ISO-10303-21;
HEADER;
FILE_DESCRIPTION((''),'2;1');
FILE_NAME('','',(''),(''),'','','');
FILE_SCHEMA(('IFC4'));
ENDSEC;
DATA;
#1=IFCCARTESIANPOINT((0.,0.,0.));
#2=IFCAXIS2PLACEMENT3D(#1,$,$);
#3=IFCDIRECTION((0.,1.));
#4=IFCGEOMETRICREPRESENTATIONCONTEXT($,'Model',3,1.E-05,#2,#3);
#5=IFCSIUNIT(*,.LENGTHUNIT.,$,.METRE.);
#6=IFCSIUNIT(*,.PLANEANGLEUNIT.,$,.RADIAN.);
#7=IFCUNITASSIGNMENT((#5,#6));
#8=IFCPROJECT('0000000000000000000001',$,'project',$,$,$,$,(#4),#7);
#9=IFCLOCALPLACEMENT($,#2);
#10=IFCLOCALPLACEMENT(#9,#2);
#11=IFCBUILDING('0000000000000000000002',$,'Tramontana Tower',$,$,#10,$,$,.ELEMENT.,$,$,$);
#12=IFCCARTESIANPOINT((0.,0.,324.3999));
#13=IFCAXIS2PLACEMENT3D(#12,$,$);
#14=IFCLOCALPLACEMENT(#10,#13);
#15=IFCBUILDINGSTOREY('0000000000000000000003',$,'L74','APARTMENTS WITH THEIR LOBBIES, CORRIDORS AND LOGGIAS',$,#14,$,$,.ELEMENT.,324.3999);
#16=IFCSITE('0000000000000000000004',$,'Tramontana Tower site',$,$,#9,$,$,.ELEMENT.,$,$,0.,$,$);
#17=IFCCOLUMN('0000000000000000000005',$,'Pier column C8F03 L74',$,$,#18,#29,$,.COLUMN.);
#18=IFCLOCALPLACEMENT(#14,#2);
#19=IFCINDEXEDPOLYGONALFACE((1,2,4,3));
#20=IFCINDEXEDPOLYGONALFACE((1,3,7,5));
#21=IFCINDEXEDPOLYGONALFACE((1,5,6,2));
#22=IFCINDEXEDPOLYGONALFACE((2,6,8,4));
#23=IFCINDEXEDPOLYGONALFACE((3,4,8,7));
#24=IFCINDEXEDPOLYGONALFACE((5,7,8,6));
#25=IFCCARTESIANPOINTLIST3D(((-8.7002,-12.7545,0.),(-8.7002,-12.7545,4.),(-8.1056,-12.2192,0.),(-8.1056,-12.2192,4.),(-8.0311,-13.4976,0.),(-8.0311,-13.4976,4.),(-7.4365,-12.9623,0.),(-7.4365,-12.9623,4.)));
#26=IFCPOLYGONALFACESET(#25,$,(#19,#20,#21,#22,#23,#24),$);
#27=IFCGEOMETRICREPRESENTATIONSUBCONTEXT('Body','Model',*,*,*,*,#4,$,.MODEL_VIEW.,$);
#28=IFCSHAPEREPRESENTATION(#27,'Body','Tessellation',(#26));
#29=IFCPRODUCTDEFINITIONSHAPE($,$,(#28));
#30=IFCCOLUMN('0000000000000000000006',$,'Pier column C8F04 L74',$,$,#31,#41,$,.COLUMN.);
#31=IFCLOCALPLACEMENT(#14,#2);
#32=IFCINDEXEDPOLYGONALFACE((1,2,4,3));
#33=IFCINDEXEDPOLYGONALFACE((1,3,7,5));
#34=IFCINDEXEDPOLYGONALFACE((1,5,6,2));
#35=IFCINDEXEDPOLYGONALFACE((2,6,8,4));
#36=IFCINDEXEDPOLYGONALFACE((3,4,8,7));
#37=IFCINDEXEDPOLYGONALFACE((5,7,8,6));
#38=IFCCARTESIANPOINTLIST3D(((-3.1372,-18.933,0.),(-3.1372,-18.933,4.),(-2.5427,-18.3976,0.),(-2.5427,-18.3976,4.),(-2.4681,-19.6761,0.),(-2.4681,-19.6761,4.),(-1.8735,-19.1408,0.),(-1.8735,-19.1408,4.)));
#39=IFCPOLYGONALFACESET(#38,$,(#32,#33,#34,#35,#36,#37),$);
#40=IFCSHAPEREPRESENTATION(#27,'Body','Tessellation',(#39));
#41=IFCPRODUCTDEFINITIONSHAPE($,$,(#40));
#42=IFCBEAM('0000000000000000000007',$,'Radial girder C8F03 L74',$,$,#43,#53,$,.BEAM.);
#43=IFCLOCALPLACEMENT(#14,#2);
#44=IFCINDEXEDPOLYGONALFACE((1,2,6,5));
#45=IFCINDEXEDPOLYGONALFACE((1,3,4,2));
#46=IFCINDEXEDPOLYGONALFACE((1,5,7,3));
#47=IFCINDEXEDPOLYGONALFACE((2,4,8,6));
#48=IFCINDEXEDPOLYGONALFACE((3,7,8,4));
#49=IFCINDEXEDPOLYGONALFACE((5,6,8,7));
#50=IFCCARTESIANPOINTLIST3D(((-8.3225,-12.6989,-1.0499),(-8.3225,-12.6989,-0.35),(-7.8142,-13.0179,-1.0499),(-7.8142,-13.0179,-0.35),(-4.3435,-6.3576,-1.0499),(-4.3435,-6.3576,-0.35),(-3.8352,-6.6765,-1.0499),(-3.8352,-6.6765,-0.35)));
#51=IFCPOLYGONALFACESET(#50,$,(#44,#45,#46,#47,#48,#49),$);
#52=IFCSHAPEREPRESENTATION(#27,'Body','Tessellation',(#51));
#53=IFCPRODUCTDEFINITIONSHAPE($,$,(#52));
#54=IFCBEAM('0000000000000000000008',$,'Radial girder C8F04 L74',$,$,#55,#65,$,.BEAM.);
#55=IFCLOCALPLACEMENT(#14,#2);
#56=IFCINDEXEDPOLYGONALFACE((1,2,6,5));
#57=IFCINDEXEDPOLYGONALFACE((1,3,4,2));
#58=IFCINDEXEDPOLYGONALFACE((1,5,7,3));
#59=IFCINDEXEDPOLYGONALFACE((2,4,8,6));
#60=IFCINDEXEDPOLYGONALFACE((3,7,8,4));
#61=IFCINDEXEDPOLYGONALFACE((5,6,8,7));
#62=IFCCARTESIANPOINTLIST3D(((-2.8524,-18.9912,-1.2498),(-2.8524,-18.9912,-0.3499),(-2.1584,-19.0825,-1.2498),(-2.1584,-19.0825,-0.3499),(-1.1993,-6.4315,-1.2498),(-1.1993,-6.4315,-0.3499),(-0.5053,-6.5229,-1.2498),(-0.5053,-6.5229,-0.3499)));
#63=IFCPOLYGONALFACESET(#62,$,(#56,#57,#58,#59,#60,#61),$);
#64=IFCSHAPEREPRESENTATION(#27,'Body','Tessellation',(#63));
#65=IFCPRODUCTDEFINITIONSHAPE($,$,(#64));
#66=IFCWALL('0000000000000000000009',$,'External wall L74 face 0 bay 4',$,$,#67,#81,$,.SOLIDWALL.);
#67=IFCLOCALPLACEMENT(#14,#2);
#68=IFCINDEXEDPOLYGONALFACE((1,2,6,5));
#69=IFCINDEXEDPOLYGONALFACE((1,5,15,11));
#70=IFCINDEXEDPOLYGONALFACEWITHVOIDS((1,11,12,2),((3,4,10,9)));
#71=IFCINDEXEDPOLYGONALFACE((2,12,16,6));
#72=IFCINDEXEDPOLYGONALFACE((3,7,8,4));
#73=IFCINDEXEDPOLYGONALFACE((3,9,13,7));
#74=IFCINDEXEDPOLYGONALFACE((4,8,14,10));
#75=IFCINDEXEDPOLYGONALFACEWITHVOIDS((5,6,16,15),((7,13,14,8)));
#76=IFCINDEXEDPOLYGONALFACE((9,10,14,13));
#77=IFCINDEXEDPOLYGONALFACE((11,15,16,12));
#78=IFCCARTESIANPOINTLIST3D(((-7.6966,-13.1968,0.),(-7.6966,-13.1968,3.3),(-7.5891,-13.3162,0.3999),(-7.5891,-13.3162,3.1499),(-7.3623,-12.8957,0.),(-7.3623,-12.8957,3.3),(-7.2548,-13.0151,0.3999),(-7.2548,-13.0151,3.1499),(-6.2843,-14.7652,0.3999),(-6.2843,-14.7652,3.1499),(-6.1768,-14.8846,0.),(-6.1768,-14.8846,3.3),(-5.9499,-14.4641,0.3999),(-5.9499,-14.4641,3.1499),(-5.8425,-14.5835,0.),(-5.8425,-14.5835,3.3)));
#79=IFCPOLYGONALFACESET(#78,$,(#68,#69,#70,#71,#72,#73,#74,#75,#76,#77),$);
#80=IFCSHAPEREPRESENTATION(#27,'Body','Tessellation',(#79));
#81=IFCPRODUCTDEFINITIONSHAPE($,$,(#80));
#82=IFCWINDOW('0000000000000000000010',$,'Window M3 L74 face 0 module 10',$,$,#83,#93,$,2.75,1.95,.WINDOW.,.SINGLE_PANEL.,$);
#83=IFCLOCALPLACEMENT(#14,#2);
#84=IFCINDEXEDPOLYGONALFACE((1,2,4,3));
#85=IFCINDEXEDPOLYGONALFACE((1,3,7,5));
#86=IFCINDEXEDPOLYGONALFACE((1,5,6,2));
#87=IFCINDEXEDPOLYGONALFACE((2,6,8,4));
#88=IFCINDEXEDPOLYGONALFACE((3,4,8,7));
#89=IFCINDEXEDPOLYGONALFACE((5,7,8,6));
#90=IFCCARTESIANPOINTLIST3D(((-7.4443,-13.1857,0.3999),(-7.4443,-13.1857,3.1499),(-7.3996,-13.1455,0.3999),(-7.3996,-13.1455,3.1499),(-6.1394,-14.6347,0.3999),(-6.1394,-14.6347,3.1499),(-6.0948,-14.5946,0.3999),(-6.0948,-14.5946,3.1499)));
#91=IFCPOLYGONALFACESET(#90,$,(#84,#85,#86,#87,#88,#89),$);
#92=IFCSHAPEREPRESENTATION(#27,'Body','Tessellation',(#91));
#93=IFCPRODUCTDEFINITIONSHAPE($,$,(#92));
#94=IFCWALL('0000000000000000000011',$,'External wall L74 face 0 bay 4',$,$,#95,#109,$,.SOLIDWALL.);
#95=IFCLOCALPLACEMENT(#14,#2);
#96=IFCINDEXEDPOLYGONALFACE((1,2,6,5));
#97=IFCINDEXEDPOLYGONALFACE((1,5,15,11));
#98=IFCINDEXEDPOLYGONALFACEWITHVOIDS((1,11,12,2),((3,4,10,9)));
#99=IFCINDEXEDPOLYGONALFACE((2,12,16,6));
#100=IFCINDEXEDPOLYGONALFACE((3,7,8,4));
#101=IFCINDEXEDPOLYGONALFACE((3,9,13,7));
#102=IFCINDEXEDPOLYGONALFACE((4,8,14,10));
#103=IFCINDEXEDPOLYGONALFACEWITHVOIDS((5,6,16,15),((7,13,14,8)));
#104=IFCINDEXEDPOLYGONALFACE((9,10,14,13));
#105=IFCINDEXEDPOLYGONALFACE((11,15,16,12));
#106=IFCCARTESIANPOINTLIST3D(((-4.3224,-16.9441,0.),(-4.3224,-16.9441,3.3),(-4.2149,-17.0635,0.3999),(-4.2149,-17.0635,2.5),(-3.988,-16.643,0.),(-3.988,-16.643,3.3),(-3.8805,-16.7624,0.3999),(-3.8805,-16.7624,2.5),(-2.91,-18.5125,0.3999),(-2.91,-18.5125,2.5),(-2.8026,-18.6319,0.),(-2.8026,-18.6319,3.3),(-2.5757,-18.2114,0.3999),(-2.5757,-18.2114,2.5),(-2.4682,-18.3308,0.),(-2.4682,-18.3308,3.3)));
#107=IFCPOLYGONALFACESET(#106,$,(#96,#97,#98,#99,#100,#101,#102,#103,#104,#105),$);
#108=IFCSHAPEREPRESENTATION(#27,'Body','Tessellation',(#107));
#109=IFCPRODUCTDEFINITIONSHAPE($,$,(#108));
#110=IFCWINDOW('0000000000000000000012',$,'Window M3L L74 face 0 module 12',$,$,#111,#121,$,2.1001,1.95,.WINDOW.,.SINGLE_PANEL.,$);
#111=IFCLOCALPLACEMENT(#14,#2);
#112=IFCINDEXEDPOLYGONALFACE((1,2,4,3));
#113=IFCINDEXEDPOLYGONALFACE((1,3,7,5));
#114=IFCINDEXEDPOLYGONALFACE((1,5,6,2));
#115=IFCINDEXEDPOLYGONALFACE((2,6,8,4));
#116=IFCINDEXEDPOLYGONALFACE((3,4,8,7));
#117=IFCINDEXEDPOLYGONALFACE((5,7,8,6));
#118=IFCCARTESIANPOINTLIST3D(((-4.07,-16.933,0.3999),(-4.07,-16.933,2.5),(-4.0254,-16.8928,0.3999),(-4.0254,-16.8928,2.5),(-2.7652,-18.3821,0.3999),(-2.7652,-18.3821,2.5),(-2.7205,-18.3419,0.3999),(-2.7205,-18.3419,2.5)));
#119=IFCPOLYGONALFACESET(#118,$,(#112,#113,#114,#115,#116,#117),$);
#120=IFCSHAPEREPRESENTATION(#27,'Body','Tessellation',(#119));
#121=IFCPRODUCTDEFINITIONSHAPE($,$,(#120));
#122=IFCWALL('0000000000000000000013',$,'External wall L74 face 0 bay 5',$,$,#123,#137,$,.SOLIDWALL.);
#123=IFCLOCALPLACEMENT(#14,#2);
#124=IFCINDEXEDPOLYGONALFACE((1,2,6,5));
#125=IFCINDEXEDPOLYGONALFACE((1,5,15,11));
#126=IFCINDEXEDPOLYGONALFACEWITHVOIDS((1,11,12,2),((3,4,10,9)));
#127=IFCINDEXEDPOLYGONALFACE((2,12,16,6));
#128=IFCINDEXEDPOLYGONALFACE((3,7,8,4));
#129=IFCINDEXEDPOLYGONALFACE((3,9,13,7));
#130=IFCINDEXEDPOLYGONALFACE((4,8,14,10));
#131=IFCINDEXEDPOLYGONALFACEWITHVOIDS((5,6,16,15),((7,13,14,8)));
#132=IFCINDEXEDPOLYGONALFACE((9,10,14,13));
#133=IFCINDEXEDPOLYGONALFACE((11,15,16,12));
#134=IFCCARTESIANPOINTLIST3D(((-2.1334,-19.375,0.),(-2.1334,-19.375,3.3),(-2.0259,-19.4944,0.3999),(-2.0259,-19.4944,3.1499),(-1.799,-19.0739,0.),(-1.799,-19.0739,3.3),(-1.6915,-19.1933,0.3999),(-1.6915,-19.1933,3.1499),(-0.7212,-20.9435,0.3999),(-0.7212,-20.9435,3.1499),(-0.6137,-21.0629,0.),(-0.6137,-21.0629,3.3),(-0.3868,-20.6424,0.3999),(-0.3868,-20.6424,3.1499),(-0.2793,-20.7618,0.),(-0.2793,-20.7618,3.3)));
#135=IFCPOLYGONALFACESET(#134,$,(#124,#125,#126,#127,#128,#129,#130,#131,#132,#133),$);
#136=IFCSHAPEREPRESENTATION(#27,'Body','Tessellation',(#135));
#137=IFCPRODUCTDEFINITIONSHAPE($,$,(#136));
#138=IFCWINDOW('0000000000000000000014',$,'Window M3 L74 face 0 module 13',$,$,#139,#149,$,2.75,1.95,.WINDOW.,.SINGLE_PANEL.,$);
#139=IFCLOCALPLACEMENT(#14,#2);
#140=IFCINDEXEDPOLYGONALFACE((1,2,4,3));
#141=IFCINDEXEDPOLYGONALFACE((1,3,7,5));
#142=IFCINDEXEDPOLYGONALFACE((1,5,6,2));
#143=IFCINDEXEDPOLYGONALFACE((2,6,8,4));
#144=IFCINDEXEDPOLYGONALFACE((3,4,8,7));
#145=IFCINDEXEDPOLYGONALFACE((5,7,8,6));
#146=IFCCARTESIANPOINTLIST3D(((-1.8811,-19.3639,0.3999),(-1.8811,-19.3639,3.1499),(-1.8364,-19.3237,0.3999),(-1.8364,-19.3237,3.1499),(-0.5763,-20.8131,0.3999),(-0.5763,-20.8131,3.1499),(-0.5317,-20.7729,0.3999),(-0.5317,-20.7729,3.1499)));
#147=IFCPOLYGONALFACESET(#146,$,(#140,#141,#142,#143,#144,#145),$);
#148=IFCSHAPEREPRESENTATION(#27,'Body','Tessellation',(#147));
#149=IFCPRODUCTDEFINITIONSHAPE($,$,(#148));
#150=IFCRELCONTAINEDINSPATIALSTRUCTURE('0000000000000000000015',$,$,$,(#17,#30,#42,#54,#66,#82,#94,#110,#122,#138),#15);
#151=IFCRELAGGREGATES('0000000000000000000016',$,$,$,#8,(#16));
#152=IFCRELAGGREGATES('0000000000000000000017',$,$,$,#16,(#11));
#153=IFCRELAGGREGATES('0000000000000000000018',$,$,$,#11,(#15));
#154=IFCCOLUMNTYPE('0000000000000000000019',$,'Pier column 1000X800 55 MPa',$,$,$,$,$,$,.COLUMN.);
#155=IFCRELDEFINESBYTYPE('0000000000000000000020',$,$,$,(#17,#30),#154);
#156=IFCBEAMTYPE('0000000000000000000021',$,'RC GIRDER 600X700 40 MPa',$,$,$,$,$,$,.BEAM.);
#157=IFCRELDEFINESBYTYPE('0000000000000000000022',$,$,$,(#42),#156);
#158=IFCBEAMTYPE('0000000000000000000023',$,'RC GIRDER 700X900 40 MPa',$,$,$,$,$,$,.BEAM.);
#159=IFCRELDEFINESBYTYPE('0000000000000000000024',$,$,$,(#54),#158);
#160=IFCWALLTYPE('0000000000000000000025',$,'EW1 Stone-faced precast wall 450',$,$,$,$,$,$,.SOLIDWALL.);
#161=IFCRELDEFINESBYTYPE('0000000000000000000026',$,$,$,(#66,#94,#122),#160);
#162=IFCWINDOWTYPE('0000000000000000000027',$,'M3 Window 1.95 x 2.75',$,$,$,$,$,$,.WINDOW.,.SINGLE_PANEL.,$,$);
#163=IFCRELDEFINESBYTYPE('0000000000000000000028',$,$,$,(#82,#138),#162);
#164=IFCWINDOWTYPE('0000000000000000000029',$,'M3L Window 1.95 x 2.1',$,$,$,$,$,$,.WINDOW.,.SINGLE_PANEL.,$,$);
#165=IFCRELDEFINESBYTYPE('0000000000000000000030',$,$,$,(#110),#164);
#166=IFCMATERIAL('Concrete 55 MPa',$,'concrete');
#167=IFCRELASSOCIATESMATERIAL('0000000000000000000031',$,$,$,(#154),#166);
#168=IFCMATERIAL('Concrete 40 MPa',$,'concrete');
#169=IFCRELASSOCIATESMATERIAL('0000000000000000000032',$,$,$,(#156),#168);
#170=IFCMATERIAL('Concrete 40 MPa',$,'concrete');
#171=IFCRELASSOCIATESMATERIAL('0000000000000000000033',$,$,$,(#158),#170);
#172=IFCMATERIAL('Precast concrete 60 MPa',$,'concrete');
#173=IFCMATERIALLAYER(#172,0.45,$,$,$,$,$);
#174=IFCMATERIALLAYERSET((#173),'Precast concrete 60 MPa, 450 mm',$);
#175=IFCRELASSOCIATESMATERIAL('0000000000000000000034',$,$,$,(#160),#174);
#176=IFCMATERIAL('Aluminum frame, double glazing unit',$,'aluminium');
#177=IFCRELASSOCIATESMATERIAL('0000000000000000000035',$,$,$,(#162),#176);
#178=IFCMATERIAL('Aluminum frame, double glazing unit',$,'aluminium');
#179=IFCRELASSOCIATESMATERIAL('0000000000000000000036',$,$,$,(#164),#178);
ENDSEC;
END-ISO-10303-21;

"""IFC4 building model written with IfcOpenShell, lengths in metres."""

from ifc_helpers import new_model, si_unit, direction, frame, frame_2d, origin, origin_2d, place, context, subcontext, project, spatial, rectangle, extrude, material, layer, layer_set, material_profile, profile_set, type_object, element, fill, save


model = new_model("IFC4")

# Units and contexts
model_context = context("Model", 3, precision=1e-05, world=origin(), true_north=direction((0.0, 1.0)))
body_context = subcontext(model_context, "Body", "Model", "MODEL_VIEW")
ifc_project = project(units=[si_unit("LENGTHUNIT", "METRE"), si_unit("PLANEANGLEUNIT", "RADIAN")], contexts=[model_context])

# Site, building, storey
site_placement = place(None, origin())
site = spatial("IfcSite", under=ifc_project, at=site_placement, Name="Tramontana Tower site", CompositionType="ELEMENT", RefElevation=0.0)
building_placement = place(site_placement, origin())
building = spatial("IfcBuilding", under=site, at=building_placement, Name="Tramontana Tower", CompositionType="ELEMENT")
storey_placement = place(building_placement, frame((0.0, 0.0, 324.3999)))
storey = spatial("IfcBuildingStorey", under=building, at=storey_placement, Name="L74", Description="APARTMENTS WITH THEIR LOBBIES, CORRIDORS AND LOGGIAS", CompositionType="ELEMENT", Elevation=324.3999)

# Columns
ifc_material_1 = material(Name="Concrete 55 MPa", Category="concrete")
ifc_material_profile_1 = material_profile(ifc_material_1, rectangle(XDim=1.0, YDim=0.8, at=origin_2d()), Name="Pier column 1000X800 55 MPa")
ifc_profile_set_1 = profile_set([ifc_material_profile_1], Name="Concrete 55 MPa")
column_type = type_object("IfcColumnType", Name="Pier column 1000X800 55 MPa", PredefinedType="COLUMN", material=ifc_profile_set_1)
for number, where, z_axis, x_axis, name in (
    (1, (-8.0684, -12.8584, 0.0), (0.0, 0.0, 1.0), (0.669131, -0.743145, 0.0), "Pier column C8F03 L74"),
    (2, (-2.5054, -19.0369, 0.0), (0.0, 0.0, 1.0), (0.669131, -0.743145, 0.0), "Pier column C8F04 L74"),
):
    element("IfcColumn", number, at=place(storey_placement, frame(where, z_axis=z_axis, x_axis=x_axis)), inside=storey, type_object=column_type, Name=name, PredefinedType="COLUMN", context=body_context, shape_type="SweptSolid", body=[
        extrude(rectangle(XDim=1.0, YDim=0.8, at=origin_2d()), origin(), (0.0, 0.0, 1.0), 4.0),
    ])

# Beams
ifc_material_2 = material(Name="Concrete 40 MPa", Category="concrete")
ifc_material_profile_2 = material_profile(ifc_material_2, rectangle(XDim=0.6001, YDim=0.7, at=origin_2d()), Name="RC GIRDER 600X700 40 MPa")
ifc_profile_set_2 = profile_set([ifc_material_profile_2], Name="Concrete 40 MPa")
beam_type_1 = type_object("IfcBeamType", Name="RC GIRDER 600X700 40 MPa", PredefinedType="BEAM", material=ifc_profile_set_2)
beam_1_placement = place(storey_placement, frame((-8.0684, -12.8584, -0.7), z_axis=(0.531505, 0.847055, 0.0), x_axis=(-0.847055, 0.531505, 0.0)))
element("IfcBeam", 3, at=beam_1_placement, inside=storey, type_object=beam_type_1, Name="Radial girder C8F03 L74", PredefinedType="BEAM", context=body_context, shape_type="SweptSolid", body=[
    extrude(rectangle(XDim=0.6001, YDim=0.7, at=origin_2d()), origin(), (0.0, 0.0, 1.0), 7.4863),
])
ifc_material_3 = material(Name="Concrete 40 MPa", Category="concrete")
ifc_material_profile_3 = material_profile(ifc_material_3, rectangle(XDim=0.7, YDim=0.8999, at=origin_2d()), Name="RC GIRDER 700X900 40 MPa")
ifc_profile_set_3 = profile_set([ifc_material_profile_3], Name="Concrete 40 MPa")
beam_type_2 = type_object("IfcBeamType", Name="RC GIRDER 700X900 40 MPa", PredefinedType="BEAM", material=ifc_profile_set_3)
beam_2_placement = place(storey_placement, frame((-2.5054, -19.0369, -0.7998), z_axis=(0.130493, 0.991449, 0.0), x_axis=(-0.991449, 0.130493, 0.0)))
element("IfcBeam", 4, at=beam_2_placement, inside=storey, type_object=beam_type_2, Name="Radial girder C8F04 L74", PredefinedType="BEAM", context=body_context, shape_type="SweptSolid", body=[
    extrude(rectangle(XDim=0.7, YDim=0.8999, at=origin_2d()), origin(), (0.0, 0.0, 1.0), 12.668),
])

# Walls, openings, windows
ifc_material_4 = material(Name="Precast concrete 60 MPa", Category="concrete")
ifc_layer_1 = layer(ifc_material_4, 0.45)
ifc_layer_set_1 = layer_set([ifc_layer_1], Name="Precast concrete 60 MPa, 450 mm")
wall_type_1 = type_object("IfcWallType", Name="EW1 Stone-faced precast wall 450", PredefinedType="SOLIDWALL", material=ifc_layer_set_1)
wall_1_placement = place(storey_placement, frame((-7.5295, -13.0461, 0.0), z_axis=(0.0, 0.0, 1.0), x_axis=(0.669161, -0.743118, 0.0)))
wall_1 = element("IfcWall", 5, at=wall_1_placement, inside=storey, type_object=wall_type_1, Name="External wall L74 face 0 bay 4", PredefinedType="SOLIDWALL", context=body_context, shape_type="SweptSolid", body=[
    extrude(rectangle(XDim=2.2712, YDim=0.45, at=frame_2d((1.1357, 0.0))), origin(), (0.0, 0.0, 1.0), 3.3),
])
opening_1_placement = place(wall_1_placement, frame((0.1606, 0.0, 0.3999)))
opening_1 = element("IfcOpeningElement", 6, at=opening_1_placement, cuts=wall_1, PredefinedType="OPENING", context=body_context, shape_type="SweptSolid", body=[
    extrude(rectangle(XDim=1.95, YDim=2.75, at=frame_2d((0.9751, 1.375))), frame((0.0, 0.2349, 0.0), z_axis=(0.0, -1.0, 0.0), x_axis=(1.0, 0.0, 0.0)), (0.0, 0.0, 1.0), 0.47),
])
ifc_material_5 = material(Name="Aluminum frame, double glazing unit", Category="aluminium")
window_type_1 = type_object("IfcWindowType", Name="M3 Window 1.95 x 2.75", PartitioningType="SINGLE_PANEL", PredefinedType="WINDOW", material=ifc_material_5)
window_1_placement = place(opening_1_placement, origin())
window_1 = element("IfcWindow", 7, at=window_1_placement, inside=storey, type_object=window_type_1, Name="Window M3 L74 face 0 module 10", OverallHeight=2.75, OverallWidth=1.95, PartitioningType="SINGLE_PANEL", PredefinedType="WINDOW", context=body_context, shape_type="SweptSolid", body=[
    extrude(rectangle(XDim=1.95, YDim=2.75, at=frame_2d((0.9751, 1.375))), frame((0.0, 0.03, 0.0), z_axis=(0.0, -1.0, 0.0), x_axis=(1.0, 0.0, 0.0)), (0.0, 0.0, 1.0), 0.0601),
])
fill(opening_1, window_1)
wall_2_placement = place(storey_placement, frame((-4.1553, -16.7935, 0.0), z_axis=(0.0, 0.0, 1.0), x_axis=(0.669161, -0.743118, 0.0)))
wall_2 = element("IfcWall", 8, at=wall_2_placement, inside=storey, type_object=wall_type_1, Name="External wall L74 face 0 bay 4", PredefinedType="SOLIDWALL", context=body_context, shape_type="SweptSolid", body=[
    extrude(rectangle(XDim=2.2712, YDim=0.45, at=frame_2d((1.1357, 0.0))), origin(), (0.0, 0.0, 1.0), 3.3),
])
opening_2_placement = place(wall_2_placement, frame((0.1606, 0.0, 0.3999)))
opening_2 = element("IfcOpeningElement", 9, at=opening_2_placement, cuts=wall_2, PredefinedType="OPENING", context=body_context, shape_type="SweptSolid", body=[
    extrude(rectangle(XDim=1.95, YDim=2.1001, at=frame_2d((0.9751, 1.05))), frame((0.0, 0.2349, 0.0), z_axis=(0.0, -1.0, 0.0), x_axis=(1.0, 0.0, 0.0)), (0.0, 0.0, 1.0), 0.47),
])
ifc_material_6 = material(Name="Aluminum frame, double glazing unit", Category="aluminium")
window_type_2 = type_object("IfcWindowType", Name="M3L Window 1.95 x 2.1", PartitioningType="SINGLE_PANEL", PredefinedType="WINDOW", material=ifc_material_6)
window_2_placement = place(opening_2_placement, origin())
window_2 = element("IfcWindow", 10, at=window_2_placement, inside=storey, type_object=window_type_2, Name="Window M3L L74 face 0 module 12", OverallHeight=2.1001, OverallWidth=1.95, PartitioningType="SINGLE_PANEL", PredefinedType="WINDOW", context=body_context, shape_type="SweptSolid", body=[
    extrude(rectangle(XDim=1.95, YDim=2.1001, at=frame_2d((0.9751, 1.05))), frame((0.0, 0.03, 0.0), z_axis=(0.0, -1.0, 0.0), x_axis=(1.0, 0.0, 0.0)), (0.0, 0.0, 1.0), 0.0601),
])
fill(opening_2, window_2)
wall_3_placement = place(storey_placement, frame((-1.9663, -19.2244, 0.0), z_axis=(0.0, 0.0, 1.0), x_axis=(0.669107, -0.743166, 0.0)))
wall_3 = element("IfcWall", 11, at=wall_3_placement, inside=storey, type_object=wall_type_1, Name="External wall L74 face 0 bay 5", PredefinedType="SOLIDWALL", context=body_context, shape_type="SweptSolid", body=[
    extrude(rectangle(XDim=2.2712, YDim=0.45, at=frame_2d((1.1357, 0.0))), origin(), (0.0, 0.0, 1.0), 3.3),
])
opening_3_placement = place(wall_3_placement, frame((0.1606, 0.0, 0.3999)))
opening_3 = element("IfcOpeningElement", 12, at=opening_3_placement, cuts=wall_3, PredefinedType="OPENING", context=body_context, shape_type="SweptSolid", body=[
    extrude(rectangle(XDim=1.95, YDim=2.75, at=frame_2d((0.9751, 1.375))), frame((0.0, 0.2349, 0.0), z_axis=(0.0, -1.0, 0.0), x_axis=(1.0, 0.0, 0.0)), (0.0, 0.0, 1.0), 0.47),
])
window_3_placement = place(opening_3_placement, origin())
window_3 = element("IfcWindow", 13, at=window_3_placement, inside=storey, type_object=window_type_1, Name="Window M3 L74 face 0 module 13", OverallHeight=2.75, OverallWidth=1.95, PartitioningType="SINGLE_PANEL", PredefinedType="WINDOW", context=body_context, shape_type="SweptSolid", body=[
    extrude(rectangle(XDim=1.95, YDim=2.75, at=frame_2d((0.9751, 1.375))), frame((0.0, 0.03, 0.0), z_axis=(0.0, -1.0, 0.0), x_axis=(1.0, 0.0, 0.0)), (0.0, 0.0, 1.0), 0.0601),
])
fill(opening_3, window_3)

save(model, "model.ifc")
